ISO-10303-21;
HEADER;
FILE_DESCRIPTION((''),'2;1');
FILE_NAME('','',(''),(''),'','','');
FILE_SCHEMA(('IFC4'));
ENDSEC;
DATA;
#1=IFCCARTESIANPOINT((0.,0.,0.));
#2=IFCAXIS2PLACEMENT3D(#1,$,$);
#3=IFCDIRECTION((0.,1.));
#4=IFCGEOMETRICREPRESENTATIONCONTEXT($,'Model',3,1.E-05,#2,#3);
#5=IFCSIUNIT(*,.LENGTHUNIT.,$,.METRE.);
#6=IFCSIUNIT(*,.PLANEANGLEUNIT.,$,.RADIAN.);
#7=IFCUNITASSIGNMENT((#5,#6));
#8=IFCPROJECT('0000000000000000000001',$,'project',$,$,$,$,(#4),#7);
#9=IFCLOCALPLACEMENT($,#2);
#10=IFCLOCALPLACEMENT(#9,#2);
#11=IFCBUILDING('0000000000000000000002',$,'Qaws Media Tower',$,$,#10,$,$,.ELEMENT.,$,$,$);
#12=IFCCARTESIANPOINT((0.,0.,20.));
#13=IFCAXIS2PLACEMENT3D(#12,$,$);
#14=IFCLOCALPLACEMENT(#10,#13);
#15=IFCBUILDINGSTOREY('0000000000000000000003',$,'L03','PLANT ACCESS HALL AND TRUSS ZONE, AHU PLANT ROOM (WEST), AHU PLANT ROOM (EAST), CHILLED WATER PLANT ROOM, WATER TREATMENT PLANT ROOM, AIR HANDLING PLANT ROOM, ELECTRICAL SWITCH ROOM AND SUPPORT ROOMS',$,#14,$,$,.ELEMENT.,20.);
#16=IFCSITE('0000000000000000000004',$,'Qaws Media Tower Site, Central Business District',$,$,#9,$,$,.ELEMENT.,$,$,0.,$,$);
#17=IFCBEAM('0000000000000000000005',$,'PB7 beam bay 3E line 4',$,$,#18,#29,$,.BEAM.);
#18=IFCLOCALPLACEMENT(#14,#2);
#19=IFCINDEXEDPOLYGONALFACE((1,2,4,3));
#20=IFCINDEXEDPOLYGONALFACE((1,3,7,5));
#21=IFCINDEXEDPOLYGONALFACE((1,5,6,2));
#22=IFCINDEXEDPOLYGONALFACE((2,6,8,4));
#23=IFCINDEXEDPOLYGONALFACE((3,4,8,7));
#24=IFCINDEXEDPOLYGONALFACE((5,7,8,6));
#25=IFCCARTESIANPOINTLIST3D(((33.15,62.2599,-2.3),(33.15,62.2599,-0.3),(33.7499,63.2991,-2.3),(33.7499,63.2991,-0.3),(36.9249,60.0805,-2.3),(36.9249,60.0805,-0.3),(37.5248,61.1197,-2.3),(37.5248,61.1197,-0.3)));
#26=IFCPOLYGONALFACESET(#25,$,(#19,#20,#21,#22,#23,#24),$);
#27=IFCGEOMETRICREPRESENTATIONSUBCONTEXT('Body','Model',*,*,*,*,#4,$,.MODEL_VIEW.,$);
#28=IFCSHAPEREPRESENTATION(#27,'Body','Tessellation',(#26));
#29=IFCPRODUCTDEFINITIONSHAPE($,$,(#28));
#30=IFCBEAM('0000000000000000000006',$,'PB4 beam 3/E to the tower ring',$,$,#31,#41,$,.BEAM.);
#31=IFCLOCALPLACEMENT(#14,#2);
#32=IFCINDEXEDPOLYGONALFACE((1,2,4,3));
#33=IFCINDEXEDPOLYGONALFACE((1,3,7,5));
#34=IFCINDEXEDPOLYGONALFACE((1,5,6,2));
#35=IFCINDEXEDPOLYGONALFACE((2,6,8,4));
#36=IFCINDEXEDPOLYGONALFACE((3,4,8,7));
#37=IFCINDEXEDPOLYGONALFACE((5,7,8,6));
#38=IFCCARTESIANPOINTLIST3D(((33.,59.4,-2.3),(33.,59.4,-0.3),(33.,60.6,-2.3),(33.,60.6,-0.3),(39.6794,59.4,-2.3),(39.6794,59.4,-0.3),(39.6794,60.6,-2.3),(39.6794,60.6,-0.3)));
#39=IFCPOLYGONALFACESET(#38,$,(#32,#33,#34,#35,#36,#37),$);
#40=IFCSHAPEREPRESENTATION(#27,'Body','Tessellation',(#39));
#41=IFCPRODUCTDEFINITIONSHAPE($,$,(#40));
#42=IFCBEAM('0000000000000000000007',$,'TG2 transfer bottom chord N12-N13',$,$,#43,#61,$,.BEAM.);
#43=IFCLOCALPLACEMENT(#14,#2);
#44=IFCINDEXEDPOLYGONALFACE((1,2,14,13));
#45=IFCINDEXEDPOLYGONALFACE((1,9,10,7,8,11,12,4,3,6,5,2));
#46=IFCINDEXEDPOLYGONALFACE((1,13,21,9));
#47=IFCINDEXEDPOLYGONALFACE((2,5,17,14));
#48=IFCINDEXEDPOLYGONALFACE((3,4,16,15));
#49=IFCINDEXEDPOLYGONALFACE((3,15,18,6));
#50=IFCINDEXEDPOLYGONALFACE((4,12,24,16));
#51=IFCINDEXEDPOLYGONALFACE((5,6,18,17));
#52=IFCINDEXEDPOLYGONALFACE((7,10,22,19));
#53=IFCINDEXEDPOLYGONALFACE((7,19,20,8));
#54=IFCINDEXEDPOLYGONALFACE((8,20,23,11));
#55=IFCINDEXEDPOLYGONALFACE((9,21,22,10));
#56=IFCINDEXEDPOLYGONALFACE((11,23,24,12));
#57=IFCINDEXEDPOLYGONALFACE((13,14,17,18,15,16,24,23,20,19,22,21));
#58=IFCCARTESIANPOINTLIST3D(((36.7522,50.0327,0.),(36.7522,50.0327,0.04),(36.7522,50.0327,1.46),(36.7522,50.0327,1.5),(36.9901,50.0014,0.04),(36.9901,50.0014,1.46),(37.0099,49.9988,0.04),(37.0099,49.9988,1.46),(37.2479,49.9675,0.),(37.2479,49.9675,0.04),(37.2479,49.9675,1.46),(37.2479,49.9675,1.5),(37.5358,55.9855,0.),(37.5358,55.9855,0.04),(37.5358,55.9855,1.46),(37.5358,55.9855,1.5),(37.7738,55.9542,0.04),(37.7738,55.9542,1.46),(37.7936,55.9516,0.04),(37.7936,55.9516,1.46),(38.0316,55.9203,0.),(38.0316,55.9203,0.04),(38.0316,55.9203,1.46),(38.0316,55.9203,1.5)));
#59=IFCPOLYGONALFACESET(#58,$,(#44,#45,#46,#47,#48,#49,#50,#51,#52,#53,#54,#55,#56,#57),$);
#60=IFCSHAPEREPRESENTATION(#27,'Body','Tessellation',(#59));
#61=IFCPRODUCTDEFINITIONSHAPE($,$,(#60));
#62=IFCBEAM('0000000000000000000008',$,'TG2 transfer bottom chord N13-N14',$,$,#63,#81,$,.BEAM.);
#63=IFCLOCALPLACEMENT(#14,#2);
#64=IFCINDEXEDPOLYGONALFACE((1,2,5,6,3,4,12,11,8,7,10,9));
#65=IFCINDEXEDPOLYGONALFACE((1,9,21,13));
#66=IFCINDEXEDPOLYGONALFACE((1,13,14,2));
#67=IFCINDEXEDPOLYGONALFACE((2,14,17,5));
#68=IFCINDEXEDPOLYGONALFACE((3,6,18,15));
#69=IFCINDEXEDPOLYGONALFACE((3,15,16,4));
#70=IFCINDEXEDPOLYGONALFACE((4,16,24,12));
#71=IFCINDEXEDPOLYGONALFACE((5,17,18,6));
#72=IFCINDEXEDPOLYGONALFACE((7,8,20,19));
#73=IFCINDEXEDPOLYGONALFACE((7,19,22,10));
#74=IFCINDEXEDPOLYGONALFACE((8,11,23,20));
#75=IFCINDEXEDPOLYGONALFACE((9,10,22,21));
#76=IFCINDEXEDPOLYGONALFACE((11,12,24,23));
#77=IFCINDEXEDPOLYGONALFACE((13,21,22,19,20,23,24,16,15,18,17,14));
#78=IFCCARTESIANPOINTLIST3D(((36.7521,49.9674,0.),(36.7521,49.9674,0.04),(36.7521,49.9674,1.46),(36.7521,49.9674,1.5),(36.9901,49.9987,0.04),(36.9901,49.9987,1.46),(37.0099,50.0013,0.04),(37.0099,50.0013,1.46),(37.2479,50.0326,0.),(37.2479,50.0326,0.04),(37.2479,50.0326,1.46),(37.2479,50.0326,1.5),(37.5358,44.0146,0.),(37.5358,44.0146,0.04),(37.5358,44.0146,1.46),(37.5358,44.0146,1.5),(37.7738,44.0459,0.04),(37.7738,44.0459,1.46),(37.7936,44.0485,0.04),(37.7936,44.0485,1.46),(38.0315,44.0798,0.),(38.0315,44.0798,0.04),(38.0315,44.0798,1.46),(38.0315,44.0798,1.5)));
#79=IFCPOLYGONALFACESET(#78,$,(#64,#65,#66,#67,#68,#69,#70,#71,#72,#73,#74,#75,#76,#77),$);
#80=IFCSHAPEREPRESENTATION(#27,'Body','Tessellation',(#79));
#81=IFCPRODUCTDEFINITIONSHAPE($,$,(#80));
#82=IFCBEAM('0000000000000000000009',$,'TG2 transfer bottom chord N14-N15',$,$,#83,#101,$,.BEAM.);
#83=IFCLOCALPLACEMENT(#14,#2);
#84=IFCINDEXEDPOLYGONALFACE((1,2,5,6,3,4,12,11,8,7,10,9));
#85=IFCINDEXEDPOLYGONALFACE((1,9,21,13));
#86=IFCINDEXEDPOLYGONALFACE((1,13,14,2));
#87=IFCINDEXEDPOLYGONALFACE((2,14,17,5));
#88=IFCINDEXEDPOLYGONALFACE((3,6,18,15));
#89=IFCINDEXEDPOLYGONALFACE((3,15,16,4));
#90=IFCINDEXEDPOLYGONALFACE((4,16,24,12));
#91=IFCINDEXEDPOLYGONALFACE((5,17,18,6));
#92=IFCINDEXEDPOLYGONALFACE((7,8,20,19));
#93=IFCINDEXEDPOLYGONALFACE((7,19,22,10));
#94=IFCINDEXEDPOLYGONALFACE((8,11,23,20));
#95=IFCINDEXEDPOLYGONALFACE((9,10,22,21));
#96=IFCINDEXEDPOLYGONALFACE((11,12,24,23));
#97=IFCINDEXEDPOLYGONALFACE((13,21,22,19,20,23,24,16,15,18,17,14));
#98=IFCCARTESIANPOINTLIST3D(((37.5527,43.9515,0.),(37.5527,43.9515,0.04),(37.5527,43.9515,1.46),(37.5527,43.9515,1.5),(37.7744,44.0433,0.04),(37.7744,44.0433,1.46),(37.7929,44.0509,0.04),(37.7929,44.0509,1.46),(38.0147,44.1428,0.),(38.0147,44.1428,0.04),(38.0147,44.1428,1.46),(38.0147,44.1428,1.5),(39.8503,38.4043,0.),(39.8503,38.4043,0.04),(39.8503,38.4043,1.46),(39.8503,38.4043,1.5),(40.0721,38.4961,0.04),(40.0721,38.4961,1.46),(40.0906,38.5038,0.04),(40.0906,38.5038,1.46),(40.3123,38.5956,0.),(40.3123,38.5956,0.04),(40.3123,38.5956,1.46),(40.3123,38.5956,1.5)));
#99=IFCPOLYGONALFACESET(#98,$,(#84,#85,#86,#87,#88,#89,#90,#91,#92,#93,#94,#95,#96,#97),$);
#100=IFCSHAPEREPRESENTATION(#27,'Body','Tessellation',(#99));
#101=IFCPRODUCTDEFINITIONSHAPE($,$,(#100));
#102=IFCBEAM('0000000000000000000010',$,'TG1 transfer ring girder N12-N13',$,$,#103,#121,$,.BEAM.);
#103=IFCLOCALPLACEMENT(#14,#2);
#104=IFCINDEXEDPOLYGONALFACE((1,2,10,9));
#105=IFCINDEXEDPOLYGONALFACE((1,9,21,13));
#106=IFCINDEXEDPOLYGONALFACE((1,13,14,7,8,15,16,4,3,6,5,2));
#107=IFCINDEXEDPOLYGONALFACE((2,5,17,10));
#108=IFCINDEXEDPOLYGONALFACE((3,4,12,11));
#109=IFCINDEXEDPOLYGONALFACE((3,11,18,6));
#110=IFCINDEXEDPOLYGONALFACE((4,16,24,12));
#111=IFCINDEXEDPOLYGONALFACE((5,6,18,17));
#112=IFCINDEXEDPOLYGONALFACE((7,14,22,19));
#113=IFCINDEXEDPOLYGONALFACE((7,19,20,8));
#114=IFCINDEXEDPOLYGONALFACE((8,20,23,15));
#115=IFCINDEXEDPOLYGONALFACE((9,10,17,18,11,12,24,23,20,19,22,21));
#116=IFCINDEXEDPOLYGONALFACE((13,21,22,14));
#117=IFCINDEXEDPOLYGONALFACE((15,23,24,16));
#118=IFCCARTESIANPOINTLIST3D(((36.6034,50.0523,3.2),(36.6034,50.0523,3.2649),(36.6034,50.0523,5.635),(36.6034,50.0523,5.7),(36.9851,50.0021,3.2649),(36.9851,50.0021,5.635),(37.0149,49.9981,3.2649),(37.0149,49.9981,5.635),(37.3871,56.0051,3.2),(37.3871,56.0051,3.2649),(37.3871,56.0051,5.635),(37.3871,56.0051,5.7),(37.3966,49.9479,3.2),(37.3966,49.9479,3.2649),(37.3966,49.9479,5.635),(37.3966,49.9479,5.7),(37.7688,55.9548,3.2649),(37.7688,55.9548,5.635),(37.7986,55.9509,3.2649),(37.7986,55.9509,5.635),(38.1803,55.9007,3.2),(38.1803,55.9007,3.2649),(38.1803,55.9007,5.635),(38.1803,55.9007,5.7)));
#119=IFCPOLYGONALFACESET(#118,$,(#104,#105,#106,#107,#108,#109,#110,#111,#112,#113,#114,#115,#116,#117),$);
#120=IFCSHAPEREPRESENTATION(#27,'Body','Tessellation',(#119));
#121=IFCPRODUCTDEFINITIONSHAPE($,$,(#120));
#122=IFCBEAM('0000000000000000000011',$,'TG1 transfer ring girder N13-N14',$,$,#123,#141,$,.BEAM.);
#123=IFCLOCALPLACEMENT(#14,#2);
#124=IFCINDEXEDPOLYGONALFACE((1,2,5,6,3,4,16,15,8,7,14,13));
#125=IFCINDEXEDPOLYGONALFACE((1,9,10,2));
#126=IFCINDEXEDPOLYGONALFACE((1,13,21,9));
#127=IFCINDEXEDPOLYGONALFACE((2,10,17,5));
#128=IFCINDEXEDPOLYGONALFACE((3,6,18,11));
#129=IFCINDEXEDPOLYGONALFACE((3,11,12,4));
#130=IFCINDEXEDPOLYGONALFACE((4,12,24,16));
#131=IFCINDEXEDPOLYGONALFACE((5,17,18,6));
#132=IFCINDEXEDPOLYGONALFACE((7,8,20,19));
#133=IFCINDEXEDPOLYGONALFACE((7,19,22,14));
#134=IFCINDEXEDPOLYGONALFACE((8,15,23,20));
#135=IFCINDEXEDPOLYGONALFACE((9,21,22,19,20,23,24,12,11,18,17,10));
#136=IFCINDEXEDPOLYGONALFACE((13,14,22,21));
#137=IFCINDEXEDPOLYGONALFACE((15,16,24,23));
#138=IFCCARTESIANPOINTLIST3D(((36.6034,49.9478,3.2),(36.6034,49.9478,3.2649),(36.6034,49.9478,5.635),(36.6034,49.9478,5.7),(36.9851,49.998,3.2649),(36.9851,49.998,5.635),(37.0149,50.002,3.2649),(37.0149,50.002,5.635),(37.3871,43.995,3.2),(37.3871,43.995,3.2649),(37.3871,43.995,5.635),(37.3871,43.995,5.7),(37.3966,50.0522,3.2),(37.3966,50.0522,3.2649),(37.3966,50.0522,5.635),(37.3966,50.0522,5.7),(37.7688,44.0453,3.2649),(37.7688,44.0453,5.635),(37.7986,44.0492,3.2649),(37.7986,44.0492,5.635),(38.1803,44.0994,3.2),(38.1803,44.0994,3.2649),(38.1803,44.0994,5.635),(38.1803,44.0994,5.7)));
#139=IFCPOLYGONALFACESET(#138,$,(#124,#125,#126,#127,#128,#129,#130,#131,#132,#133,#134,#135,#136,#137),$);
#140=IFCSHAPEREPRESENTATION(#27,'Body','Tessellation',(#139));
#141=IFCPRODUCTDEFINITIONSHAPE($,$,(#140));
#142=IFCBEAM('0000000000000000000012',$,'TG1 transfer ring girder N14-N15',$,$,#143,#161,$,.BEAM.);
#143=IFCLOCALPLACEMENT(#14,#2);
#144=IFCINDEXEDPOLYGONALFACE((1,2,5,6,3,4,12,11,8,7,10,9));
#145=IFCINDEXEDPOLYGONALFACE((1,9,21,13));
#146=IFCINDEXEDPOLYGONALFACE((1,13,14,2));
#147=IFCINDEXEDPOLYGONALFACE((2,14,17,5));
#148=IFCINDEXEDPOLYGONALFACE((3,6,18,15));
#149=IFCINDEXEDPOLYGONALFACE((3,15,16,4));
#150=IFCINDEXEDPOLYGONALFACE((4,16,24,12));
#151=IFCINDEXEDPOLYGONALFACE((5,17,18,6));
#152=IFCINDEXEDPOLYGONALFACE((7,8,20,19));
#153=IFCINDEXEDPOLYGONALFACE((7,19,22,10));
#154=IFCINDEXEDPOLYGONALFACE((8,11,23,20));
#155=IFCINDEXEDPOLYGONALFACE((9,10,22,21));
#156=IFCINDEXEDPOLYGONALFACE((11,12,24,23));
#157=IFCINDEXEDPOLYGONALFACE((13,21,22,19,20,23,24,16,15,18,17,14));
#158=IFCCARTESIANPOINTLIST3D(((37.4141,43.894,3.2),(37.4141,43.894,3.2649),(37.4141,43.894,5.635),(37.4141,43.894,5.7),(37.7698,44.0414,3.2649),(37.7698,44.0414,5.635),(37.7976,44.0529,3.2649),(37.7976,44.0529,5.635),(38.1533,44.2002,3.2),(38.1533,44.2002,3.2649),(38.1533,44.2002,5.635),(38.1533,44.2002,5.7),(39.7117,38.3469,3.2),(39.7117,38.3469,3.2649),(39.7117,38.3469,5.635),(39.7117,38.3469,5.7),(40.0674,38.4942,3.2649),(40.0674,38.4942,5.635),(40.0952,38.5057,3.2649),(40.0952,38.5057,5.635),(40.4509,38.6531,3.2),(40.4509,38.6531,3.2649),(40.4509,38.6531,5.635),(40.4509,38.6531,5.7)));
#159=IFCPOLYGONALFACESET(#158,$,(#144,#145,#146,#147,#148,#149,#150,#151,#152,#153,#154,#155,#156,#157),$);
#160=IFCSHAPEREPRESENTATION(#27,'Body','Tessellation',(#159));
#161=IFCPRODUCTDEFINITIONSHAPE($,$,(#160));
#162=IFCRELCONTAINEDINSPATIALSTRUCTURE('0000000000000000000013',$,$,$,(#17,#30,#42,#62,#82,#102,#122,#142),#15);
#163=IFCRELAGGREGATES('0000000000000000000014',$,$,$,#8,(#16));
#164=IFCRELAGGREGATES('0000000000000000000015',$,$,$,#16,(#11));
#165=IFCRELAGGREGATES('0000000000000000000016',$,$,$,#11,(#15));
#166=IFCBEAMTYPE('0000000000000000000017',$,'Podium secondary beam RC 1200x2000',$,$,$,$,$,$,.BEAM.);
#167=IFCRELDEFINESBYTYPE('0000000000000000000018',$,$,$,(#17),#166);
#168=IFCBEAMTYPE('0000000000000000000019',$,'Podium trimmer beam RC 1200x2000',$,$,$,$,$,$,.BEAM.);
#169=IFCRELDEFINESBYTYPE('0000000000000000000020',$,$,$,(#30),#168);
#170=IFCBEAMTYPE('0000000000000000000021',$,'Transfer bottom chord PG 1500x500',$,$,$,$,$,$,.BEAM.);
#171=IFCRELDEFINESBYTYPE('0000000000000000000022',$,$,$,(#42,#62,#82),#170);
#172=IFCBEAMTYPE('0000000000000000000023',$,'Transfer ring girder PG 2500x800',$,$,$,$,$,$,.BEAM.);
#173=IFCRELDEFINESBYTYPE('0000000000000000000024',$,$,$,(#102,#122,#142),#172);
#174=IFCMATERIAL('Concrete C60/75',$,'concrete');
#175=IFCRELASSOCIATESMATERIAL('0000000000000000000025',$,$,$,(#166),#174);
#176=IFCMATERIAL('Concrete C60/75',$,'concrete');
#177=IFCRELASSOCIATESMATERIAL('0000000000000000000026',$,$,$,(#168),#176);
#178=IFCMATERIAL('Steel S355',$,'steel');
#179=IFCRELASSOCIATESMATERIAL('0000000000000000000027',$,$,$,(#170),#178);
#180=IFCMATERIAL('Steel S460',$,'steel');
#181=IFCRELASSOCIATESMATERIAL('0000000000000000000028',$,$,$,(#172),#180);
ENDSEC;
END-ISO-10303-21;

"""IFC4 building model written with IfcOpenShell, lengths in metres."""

from ifc_helpers import new_model, si_unit, direction, frame, origin, origin_2d, place, context, subcontext, project, spatial, rectangle, i_section, extrude, material, material_profile, profile_set, type_object, element, save


model = new_model("IFC4")

# Units and contexts
model_context = context("Model", 3, precision=1e-05, world=origin(), true_north=direction((0.0, 1.0)))
body_context = subcontext(model_context, "Body", "Model", "MODEL_VIEW")
ifc_project = project(units=[si_unit("LENGTHUNIT", "METRE"), si_unit("PLANEANGLEUNIT", "RADIAN")], contexts=[model_context])

# Site, building, storey
site_placement = place(None, origin())
site = spatial("IfcSite", under=ifc_project, at=site_placement, Name="Qaws Media Tower Site, Central Business District", CompositionType="ELEMENT", RefElevation=0.0)
building_placement = place(site_placement, origin())
building = spatial("IfcBuilding", under=site, at=building_placement, Name="Qaws Media Tower", CompositionType="ELEMENT")
storey_placement = place(building_placement, frame((0.0, 0.0, 20.0)))
storey = spatial("IfcBuildingStorey", under=building, at=storey_placement, Name="L03", Description="PLANT ACCESS HALL AND TRUSS ZONE, AHU PLANT ROOM (WEST), AHU PLANT ROOM (EAST), CHILLED WATER PLANT ROOM, WATER TREATMENT PLANT ROOM, AIR HANDLING PLANT ROOM, ELECTRICAL SWITCH ROOM AND SUPPORT ROOMS", CompositionType="ELEMENT", Elevation=20.0)

# Beams
ifc_material_1 = material(Name="Concrete C60/75", Category="concrete")
ifc_material_profile_1 = material_profile(ifc_material_1, rectangle(XDim=1.2, YDim=2.0, at=origin_2d()), Name="RC 1200x2000")
ifc_profile_set_1 = profile_set([ifc_material_profile_1], Name="Concrete C60/75")
beam_type_1 = type_object("IfcBeamType", Name="Podium secondary beam RC 1200x2000", PredefinedType="BEAM", material=ifc_profile_set_1)
beam_1_placement = place(storey_placement, frame((37.2249, 60.6001, -1.3), z_axis=(-0.866025, 0.5, 0.0), x_axis=(-0.5, -0.866025, 0.0)))
element("IfcBeam", 1, at=beam_1_placement, inside=storey, type_object=beam_type_1, Name="PB7 beam bay 3E line 4", PredefinedType="BEAM", context=body_context, shape_type="SweptSolid", body=[
    extrude(rectangle(XDim=1.2, YDim=2.0, at=origin_2d()), origin(), (0.0, 0.0, 1.0), 4.3589),
])
ifc_material_2 = material(Name="Concrete C60/75", Category="concrete")
ifc_material_profile_2 = material_profile(ifc_material_2, rectangle(XDim=1.2, YDim=2.0, at=origin_2d()), Name="RC 1200x2000")
ifc_profile_set_2 = profile_set([ifc_material_profile_2], Name="Concrete C60/75")
beam_type_2 = type_object("IfcBeamType", Name="Podium trimmer beam RC 1200x2000", PredefinedType="BEAM", material=ifc_profile_set_2)
beam_2_placement = place(storey_placement, frame((33.0, 60.0, -1.3), z_axis=(1.0, 0.0, 0.0), x_axis=(0.0, 1.0, 0.0)))
element("IfcBeam", 2, at=beam_2_placement, inside=storey, type_object=beam_type_2, Name="PB4 beam 3/E to the tower ring", PredefinedType="BEAM", context=body_context, shape_type="SweptSolid", body=[
    extrude(rectangle(XDim=1.2, YDim=2.0, at=origin_2d()), origin(), (0.0, 0.0, 1.0), 6.6794),
])
ifc_material_3 = material(Name="Steel S355", Category="steel")
ifc_material_profile_3 = material_profile(ifc_material_3, i_section(OverallWidth=0.5, OverallDepth=1.5, WebThickness=0.02, FlangeThickness=0.04, at=origin_2d()), Name="PG 1500x500")
ifc_profile_set_3 = profile_set([ifc_material_profile_3], Name="Steel S355")
beam_type_3 = type_object("IfcBeamType", Name="Transfer bottom chord PG 1500x500", PredefinedType="BEAM", material=ifc_profile_set_3)
for number, where, z_axis, x_axis, name in (
    (3, (37.7837, 55.9529, 0.75), (-0.130523, -0.991445, 0.0), (0.991445, -0.130523, 0.0), "TG2 transfer bottom chord N12-N13"),
    (4, (37.0, 50.0, 0.75), (0.130523, -0.991445, 0.0), (0.991445, 0.130523, 0.0), "TG2 transfer bottom chord N13-N14"),
    (5, (37.7837, 44.0471, 0.75), (0.382671, -0.923885, 0.0), (0.923885, 0.382671, 0.0), "TG2 transfer bottom chord N14-N15"),
):
    element("IfcBeam", number, at=place(storey_placement, frame(where, z_axis=z_axis, x_axis=x_axis)), inside=storey, type_object=beam_type_3, Name=name, PredefinedType="BEAM", context=body_context, shape_type="SweptSolid", body=[
        extrude(i_section(OverallWidth=0.5, OverallDepth=1.5, WebThickness=0.02, FlangeThickness=0.04, at=origin_2d()), origin(), (0.0, 0.0, 1.0), 6.0042),
    ])
ifc_material_4 = material(Name="Steel S460", Category="steel")
ifc_material_profile_4 = material_profile(ifc_material_4, i_section(OverallWidth=0.8, OverallDepth=2.5, WebThickness=0.03, FlangeThickness=0.0649, at=origin_2d()), Name="PG 2500x800")
ifc_profile_set_4 = profile_set([ifc_material_profile_4], Name="Steel S460")
beam_type_4 = type_object("IfcBeamType", Name="Transfer ring girder PG 2500x800", PredefinedType="BEAM", material=ifc_profile_set_4)
for number, where, z_axis, x_axis, name in (
    (6, (37.7837, 55.9529, 4.45), (-0.130523, -0.991445, 0.0), (0.991445, -0.130523, 0.0), "TG1 transfer ring girder N12-N13"),
    (7, (37.0, 50.0, 4.45), (0.130523, -0.991445, 0.0), (0.991445, 0.130523, 0.0), "TG1 transfer ring girder N13-N14"),
    (8, (37.7837, 44.0471, 4.45), (0.382671, -0.923885, 0.0), (0.923885, 0.382671, 0.0), "TG1 transfer ring girder N14-N15"),
):
    element("IfcBeam", number, at=place(storey_placement, frame(where, z_axis=z_axis, x_axis=x_axis)), inside=storey, type_object=beam_type_4, Name=name, PredefinedType="BEAM", context=body_context, shape_type="SweptSolid", body=[
        extrude(i_section(OverallWidth=0.8, OverallDepth=2.5, WebThickness=0.03, FlangeThickness=0.0649, at=origin_2d()), origin(), (0.0, 0.0, 1.0), 6.0042),
    ])

save(model, "model.ifc")
